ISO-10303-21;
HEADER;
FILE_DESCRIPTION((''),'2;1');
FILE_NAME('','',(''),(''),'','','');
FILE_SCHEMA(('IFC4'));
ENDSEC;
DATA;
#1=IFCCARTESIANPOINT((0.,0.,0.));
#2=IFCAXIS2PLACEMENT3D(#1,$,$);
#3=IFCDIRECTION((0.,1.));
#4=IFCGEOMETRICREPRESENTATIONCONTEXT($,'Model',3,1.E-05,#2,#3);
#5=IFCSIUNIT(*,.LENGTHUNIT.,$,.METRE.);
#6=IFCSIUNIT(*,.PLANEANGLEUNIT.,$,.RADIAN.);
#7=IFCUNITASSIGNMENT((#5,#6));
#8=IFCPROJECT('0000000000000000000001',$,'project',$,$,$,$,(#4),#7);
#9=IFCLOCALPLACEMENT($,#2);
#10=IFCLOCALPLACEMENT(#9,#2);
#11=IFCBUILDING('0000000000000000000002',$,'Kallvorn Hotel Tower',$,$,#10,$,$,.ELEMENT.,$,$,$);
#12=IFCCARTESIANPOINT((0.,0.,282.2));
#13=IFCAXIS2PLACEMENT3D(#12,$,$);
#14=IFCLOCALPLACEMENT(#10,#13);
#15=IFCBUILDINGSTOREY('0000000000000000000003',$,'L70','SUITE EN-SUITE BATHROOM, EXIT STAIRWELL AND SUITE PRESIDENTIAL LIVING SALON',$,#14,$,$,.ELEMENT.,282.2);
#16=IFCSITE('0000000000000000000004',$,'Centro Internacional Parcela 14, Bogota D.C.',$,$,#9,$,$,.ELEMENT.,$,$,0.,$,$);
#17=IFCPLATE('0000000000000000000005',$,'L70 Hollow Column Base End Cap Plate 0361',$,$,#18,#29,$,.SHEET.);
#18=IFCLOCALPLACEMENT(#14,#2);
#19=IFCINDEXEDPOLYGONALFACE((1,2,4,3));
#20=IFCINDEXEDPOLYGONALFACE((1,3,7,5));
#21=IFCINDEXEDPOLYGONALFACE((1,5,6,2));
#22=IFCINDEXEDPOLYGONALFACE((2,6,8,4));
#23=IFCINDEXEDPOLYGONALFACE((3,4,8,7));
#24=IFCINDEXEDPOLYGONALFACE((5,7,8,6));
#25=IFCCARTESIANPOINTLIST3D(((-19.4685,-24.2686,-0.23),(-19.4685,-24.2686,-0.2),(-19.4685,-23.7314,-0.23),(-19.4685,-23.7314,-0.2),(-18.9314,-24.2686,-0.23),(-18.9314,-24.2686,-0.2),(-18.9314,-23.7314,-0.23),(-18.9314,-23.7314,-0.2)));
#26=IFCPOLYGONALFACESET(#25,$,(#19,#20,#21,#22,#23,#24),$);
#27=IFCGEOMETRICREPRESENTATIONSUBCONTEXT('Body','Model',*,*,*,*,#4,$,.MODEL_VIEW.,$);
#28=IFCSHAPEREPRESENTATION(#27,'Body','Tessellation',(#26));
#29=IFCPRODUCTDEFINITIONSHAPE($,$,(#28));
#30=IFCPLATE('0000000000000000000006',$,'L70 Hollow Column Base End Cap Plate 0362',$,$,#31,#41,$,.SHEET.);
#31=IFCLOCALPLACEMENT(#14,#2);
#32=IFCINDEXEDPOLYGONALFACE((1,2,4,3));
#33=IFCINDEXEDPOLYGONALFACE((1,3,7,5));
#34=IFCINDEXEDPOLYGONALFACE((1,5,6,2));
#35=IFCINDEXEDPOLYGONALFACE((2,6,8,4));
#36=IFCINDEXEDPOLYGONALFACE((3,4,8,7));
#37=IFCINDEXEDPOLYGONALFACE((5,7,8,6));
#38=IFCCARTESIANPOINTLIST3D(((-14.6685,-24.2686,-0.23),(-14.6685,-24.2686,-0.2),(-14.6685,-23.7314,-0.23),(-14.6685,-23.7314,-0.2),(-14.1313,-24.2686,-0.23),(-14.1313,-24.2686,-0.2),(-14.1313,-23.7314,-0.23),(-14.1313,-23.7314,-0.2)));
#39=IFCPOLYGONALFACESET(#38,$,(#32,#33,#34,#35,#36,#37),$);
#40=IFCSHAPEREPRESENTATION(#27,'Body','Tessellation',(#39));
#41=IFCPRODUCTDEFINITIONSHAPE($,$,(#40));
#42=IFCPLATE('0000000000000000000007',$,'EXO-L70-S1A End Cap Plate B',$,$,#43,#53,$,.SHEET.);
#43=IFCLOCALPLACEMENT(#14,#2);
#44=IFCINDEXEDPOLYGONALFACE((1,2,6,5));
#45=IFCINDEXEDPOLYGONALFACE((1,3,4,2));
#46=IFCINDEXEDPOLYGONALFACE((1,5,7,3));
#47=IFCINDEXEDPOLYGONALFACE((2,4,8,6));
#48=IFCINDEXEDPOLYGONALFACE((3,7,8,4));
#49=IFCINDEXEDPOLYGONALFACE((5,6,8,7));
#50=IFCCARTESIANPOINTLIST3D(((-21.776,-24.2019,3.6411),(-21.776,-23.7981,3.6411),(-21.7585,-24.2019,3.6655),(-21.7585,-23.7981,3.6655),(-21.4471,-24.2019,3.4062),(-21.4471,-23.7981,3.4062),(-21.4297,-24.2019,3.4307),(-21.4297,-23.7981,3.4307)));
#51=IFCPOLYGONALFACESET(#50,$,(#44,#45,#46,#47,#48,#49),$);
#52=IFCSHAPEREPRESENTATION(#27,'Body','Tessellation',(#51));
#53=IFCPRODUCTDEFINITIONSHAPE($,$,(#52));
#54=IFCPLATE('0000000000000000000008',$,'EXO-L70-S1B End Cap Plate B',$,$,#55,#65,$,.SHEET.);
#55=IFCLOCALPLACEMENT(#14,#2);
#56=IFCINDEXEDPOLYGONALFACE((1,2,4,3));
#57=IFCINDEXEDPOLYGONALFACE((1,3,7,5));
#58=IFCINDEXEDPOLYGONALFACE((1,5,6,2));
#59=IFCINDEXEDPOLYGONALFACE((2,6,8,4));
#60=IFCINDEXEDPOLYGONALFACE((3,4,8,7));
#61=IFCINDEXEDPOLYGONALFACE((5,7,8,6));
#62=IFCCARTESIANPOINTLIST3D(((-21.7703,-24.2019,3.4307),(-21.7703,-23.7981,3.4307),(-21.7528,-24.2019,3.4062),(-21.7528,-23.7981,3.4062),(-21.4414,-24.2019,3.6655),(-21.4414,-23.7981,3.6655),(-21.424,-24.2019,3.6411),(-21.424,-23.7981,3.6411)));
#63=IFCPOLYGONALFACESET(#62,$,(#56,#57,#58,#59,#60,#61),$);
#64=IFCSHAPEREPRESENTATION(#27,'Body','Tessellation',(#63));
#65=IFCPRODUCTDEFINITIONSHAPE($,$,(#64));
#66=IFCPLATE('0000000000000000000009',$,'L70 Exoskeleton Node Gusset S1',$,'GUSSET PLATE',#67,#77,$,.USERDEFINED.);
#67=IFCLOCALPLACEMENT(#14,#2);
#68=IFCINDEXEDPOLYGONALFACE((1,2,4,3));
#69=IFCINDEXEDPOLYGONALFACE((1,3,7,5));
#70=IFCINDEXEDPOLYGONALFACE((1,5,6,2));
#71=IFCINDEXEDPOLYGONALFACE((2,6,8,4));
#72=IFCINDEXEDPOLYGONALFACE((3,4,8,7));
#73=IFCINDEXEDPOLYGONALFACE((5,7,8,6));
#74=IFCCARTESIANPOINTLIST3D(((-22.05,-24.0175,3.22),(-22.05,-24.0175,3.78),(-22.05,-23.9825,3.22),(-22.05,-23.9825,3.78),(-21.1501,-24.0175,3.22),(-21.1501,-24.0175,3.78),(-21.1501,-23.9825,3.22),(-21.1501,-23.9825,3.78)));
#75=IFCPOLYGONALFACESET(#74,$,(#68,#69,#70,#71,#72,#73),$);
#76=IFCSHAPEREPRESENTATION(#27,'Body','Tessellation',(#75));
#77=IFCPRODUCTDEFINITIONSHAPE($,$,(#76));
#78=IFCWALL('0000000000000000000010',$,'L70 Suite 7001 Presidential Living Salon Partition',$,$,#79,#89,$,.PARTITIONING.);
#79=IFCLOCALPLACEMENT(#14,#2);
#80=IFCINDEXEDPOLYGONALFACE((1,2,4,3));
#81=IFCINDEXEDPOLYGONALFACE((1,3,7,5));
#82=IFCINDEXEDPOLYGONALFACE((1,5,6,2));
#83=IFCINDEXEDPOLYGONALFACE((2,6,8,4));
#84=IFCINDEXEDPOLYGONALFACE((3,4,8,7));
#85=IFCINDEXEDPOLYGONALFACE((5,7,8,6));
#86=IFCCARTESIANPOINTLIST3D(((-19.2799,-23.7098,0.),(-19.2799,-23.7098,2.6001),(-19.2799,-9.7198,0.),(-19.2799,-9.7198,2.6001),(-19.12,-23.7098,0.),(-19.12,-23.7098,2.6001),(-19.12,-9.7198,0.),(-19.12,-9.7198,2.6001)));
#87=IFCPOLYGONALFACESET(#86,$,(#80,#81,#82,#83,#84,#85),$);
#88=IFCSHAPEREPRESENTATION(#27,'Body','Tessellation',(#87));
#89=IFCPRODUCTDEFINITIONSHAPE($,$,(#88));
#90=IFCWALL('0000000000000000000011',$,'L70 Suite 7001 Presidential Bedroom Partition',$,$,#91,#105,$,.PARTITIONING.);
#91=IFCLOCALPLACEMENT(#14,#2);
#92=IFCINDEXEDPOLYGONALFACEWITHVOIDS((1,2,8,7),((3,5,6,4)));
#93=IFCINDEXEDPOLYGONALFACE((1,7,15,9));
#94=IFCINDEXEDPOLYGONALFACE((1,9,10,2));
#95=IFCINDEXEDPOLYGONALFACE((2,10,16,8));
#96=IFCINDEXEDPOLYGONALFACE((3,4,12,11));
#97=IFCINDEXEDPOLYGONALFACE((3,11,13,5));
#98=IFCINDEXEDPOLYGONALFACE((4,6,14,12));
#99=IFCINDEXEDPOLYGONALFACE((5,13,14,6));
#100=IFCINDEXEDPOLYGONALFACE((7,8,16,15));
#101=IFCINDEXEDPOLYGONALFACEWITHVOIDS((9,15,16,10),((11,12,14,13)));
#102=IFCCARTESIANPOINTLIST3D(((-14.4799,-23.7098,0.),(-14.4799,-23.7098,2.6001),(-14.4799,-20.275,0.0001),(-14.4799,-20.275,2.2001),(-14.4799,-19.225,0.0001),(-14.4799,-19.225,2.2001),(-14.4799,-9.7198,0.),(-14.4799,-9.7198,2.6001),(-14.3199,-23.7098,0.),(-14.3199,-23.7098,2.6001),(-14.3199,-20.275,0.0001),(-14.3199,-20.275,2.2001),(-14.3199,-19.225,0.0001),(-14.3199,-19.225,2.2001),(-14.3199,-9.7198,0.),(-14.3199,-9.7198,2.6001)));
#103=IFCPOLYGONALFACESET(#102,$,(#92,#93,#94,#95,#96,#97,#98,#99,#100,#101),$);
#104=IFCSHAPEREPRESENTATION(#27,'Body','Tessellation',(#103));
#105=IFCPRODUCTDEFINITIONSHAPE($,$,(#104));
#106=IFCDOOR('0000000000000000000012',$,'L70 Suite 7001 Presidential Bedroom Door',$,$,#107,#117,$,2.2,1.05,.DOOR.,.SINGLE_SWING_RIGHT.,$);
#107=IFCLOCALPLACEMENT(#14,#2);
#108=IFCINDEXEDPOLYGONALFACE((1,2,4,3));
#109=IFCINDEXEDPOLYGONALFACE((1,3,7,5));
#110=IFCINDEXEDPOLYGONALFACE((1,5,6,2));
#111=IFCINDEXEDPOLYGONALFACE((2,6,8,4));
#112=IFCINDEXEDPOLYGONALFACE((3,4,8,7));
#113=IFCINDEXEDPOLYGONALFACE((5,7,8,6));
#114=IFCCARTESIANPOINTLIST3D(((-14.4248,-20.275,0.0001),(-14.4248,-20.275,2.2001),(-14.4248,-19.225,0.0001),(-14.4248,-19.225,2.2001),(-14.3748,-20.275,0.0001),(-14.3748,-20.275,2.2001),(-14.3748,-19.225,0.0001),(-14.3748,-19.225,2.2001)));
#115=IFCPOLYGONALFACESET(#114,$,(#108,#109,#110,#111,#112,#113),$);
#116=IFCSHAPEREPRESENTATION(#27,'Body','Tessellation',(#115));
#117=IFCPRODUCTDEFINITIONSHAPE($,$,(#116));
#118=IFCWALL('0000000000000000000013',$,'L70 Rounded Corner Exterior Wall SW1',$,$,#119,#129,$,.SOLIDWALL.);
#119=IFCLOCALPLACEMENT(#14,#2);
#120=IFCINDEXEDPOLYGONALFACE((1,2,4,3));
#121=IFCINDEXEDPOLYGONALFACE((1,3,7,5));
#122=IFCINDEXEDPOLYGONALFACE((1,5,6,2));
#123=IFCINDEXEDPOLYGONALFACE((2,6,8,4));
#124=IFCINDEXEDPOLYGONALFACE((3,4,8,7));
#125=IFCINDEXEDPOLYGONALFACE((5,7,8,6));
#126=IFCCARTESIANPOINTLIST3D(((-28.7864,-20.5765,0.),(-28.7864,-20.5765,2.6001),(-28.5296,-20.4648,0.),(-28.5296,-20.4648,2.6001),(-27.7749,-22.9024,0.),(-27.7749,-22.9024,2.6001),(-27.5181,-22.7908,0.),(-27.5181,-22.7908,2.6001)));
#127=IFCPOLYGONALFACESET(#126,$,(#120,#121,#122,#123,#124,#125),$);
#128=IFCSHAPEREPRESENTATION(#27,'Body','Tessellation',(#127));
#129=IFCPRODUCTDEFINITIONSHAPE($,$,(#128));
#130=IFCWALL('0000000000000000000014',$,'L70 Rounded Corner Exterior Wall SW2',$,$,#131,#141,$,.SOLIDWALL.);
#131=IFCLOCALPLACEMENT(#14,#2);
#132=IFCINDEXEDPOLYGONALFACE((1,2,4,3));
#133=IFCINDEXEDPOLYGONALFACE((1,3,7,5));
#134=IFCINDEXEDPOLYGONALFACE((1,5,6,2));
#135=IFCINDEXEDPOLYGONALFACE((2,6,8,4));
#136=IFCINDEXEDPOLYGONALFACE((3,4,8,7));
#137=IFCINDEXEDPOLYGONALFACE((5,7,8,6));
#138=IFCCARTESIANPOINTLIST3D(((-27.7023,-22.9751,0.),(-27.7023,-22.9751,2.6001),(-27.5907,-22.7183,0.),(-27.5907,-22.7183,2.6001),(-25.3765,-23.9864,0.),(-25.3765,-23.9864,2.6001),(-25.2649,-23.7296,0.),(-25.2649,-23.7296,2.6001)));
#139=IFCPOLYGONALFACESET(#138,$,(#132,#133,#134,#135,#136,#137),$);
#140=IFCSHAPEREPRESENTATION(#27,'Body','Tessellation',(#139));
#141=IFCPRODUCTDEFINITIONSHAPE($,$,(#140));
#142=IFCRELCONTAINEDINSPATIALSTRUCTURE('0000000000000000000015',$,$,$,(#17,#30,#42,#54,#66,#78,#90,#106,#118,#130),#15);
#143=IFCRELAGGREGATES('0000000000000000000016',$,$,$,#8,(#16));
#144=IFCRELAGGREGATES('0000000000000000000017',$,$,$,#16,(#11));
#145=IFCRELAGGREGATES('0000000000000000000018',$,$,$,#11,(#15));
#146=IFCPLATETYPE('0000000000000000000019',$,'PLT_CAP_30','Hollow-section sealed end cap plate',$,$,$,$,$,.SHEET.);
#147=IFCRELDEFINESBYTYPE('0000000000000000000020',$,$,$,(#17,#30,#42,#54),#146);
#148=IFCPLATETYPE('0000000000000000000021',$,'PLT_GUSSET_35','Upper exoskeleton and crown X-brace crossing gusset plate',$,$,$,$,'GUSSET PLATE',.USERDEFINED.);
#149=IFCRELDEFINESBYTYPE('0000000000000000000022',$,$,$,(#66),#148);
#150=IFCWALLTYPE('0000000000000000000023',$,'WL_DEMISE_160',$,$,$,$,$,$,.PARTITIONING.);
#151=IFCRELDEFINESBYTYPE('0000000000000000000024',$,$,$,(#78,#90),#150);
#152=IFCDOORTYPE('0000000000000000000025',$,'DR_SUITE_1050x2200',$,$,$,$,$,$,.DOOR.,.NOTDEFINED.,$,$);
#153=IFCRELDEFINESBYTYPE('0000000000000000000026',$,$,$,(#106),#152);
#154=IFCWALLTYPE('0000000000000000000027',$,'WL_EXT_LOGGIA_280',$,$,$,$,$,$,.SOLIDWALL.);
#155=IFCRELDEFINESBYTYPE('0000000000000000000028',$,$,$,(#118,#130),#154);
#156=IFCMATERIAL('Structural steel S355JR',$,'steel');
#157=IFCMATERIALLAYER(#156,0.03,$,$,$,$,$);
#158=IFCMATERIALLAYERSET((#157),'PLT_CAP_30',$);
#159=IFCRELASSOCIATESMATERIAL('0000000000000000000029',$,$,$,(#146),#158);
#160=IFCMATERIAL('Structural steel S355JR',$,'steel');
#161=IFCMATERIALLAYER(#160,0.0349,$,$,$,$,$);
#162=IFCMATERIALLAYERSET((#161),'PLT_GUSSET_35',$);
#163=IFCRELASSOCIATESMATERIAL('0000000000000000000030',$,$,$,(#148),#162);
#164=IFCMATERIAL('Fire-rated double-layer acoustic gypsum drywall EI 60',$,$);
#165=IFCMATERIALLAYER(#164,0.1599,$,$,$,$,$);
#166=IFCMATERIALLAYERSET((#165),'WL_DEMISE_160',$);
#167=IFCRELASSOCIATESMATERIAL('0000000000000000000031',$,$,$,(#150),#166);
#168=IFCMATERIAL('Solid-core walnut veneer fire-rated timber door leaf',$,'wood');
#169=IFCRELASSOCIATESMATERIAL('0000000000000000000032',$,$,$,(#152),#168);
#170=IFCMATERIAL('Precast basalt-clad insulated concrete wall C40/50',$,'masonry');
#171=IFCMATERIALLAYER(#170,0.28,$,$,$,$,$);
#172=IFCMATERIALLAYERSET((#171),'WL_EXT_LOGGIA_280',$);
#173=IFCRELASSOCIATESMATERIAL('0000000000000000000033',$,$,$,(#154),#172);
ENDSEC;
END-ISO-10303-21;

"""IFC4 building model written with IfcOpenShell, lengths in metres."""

from ifc_helpers import new_model, si_unit, direction, frame, frame_2d, origin, origin_2d, place, context, subcontext, project, spatial, polyline, rectangle, outline, extrude, material, layer, layer_set, type_object, element, fill, save


model = new_model("IFC4")

# Units and contexts
model_context = context("Model", 3, precision=1e-05, world=origin(), true_north=direction((0.0, 1.0)))
body_context = subcontext(model_context, "Body", "Model", "MODEL_VIEW")
ifc_project = project(units=[si_unit("LENGTHUNIT", "METRE"), si_unit("PLANEANGLEUNIT", "RADIAN")], contexts=[model_context])

# Site, building, storey
site_placement = place(None, origin())
site = spatial("IfcSite", under=ifc_project, at=site_placement, Name="Centro Internacional Parcela 14, Bogota D.C.", CompositionType="ELEMENT", RefElevation=0.0)
building_placement = place(site_placement, origin())
building = spatial("IfcBuilding", under=site, at=building_placement, Name="Kallvorn Hotel Tower", CompositionType="ELEMENT")
storey_placement = place(building_placement, frame((0.0, 0.0, 282.2)))
storey = spatial("IfcBuildingStorey", under=building, at=storey_placement, Name="L70", Description="SUITE EN-SUITE BATHROOM, EXIT STAIRWELL AND SUITE PRESIDENTIAL LIVING SALON", CompositionType="ELEMENT", Elevation=282.2)

# Plates
ifc_material_1 = material(Name="Structural steel S355JR", Category="steel")
ifc_layer_1 = layer(ifc_material_1, 0.03)
ifc_layer_set_1 = layer_set([ifc_layer_1], Name="PLT_CAP_30")
plate_type_1 = type_object("IfcPlateType", Name="PLT_CAP_30", Description="Hollow-section sealed end cap plate", PredefinedType="SHEET", material=ifc_layer_set_1)
for number, where, z_axis, x_axis, name in (
    (1, (-19.2, -24.0, -0.23), (0.0, 0.0, 1.0), (1.0, 0.0, 0.0), "L70 Hollow Column Base End Cap Plate 0361"),
    (2, (-14.3999, -24.0, -0.23), (0.0, 0.0, 1.0), (1.0, 0.0, 0.0), "L70 Hollow Column Base End Cap Plate 0362"),
):
    element("IfcPlate", number, at=place(storey_placement, frame(where, z_axis=z_axis, x_axis=x_axis)), inside=storey, type_object=plate_type_1, Name=name, PredefinedType="SHEET", context=body_context, shape_type="SweptSolid", body=[
        extrude(rectangle(XDim=0.5371, YDim=0.5371, at=origin_2d()), origin(), (0.0, 0.0, 1.0), 0.03),
    ])
for number, where, z_axis, x_axis, name in (
    (3, (-21.4297, -24.2019, 3.4307), (0.581181, 0.0, 0.813774), (0.0, 1.0, 0.0), "EXO-L70-S1A End Cap Plate B"),
    (4, (-21.7703, -23.7981, 3.4307), (-0.581181, 0.0, 0.813774), (0.0, -1.0, 0.0), "EXO-L70-S1B End Cap Plate B"),
):
    element("IfcPlate", number, at=place(storey_placement, frame(where, z_axis=z_axis, x_axis=x_axis)), inside=storey, type_object=plate_type_1, Name=name, PredefinedType="SHEET", context=body_context, shape_type="SweptSolid", body=[
        extrude(outline(polyline([(0.0, 0.0), (0.4038, 0.0), (0.4038, 0.4041), (0.0, 0.4041), (0.0, 0.0)])), origin(), (0.0, 0.0, -1.0), 0.03),
    ])
ifc_material_2 = material(Name="Structural steel S355JR", Category="steel")
ifc_layer_2 = layer(ifc_material_2, 0.0349)
ifc_layer_set_2 = layer_set([ifc_layer_2], Name="PLT_GUSSET_35")
plate_type_2 = type_object("IfcPlateType", Name="PLT_GUSSET_35", Description="Upper exoskeleton and crown X-brace crossing gusset plate", ElementType="GUSSET PLATE", PredefinedType="USERDEFINED", material=ifc_layer_set_2)
plate_placement = place(storey_placement, frame((-21.6001, -24.0, 3.22), z_axis=(0.0, 0.0, 1.0), x_axis=(1.0, 0.0, 0.0)))
element("IfcPlate", 5, at=plate_placement, inside=storey, type_object=plate_type_2, Name="L70 Exoskeleton Node Gusset S1", ObjectType="GUSSET PLATE", PredefinedType="USERDEFINED", context=body_context, shape_type="SweptSolid", body=[
    extrude(rectangle(XDim=0.8999, YDim=0.0349, at=origin_2d()), origin(), (0.0, 0.0, 1.0), 0.5601),
])

# Wall
ifc_material_3 = material(Name="Fire-rated double-layer acoustic gypsum drywall EI 60")
ifc_layer_3 = layer(ifc_material_3, 0.1599)
ifc_layer_set_3 = layer_set([ifc_layer_3], Name="WL_DEMISE_160")
wall_type_1 = type_object("IfcWallType", Name="WL_DEMISE_160", PredefinedType="PARTITIONING", material=ifc_layer_set_3)
wall_1_placement = place(storey_placement, frame((-19.2, -23.71, 0.0), z_axis=(0.0, 0.0, 1.0), x_axis=(0.0, 1.0, 0.0)))
element("IfcWall", 6, at=wall_1_placement, inside=storey, type_object=wall_type_1, Name="L70 Suite 7001 Presidential Living Salon Partition", PredefinedType="PARTITIONING", context=body_context, shape_type="SweptSolid", body=[
    extrude(rectangle(XDim=13.99, YDim=0.1599, at=frame_2d((6.9951, 0.0))), origin(), (0.0, 0.0, 1.0), 2.6001),
])

# Wall, opening, door
wall_2_placement = place(storey_placement, frame((-14.3999, -23.71, 0.0), z_axis=(0.0, 0.0, 1.0), x_axis=(0.0, 1.0, 0.0)))
wall_2 = element("IfcWall", 7, at=wall_2_placement, inside=storey, type_object=wall_type_1, Name="L70 Suite 7001 Presidential Bedroom Partition", PredefinedType="PARTITIONING", context=body_context, shape_type="SweptSolid", body=[
    extrude(rectangle(XDim=13.99, YDim=0.1599, at=frame_2d((6.9951, 0.0))), origin(), (0.0, 0.0, 1.0), 2.6001),
])
opening_1_placement = place(wall_2_placement, frame((3.4351, 0.0, 0.0)))
opening_1 = element("IfcOpeningElement", 8, at=opening_1_placement, cuts=wall_2, PredefinedType="OPENING", context=body_context, shape_type="SweptSolid", body=[
    extrude(rectangle(XDim=1.05, YDim=2.2, at=frame_2d((0.5249, 1.1001))), frame((0.0, 0.095, 0.0), z_axis=(0.0, -1.0, 0.0), x_axis=(1.0, 0.0, 0.0)), (0.0, 0.0, 1.0), 0.1899),
])
ifc_material_4 = material(Name="Solid-core walnut veneer fire-rated timber door leaf", Category="wood")
door_type = type_object("IfcDoorType", Name="DR_SUITE_1050x2200", OperationType="NOTDEFINED", PredefinedType="DOOR", material=ifc_material_4)
door_placement = place(opening_1_placement, origin())
door = element("IfcDoor", 9, at=door_placement, inside=storey, type_object=door_type, Name="L70 Suite 7001 Presidential Bedroom Door", OperationType="SINGLE_SWING_RIGHT", OverallHeight=2.2, OverallWidth=1.05, PredefinedType="DOOR", context=body_context, shape_type="SweptSolid", body=[
    extrude(rectangle(XDim=1.05, YDim=2.2, at=frame_2d((0.5249, 1.1001))), frame((0.0, 0.0249, 0.0), z_axis=(0.0, -1.0, 0.0), x_axis=(1.0, 0.0, 0.0)), (0.0, 0.0, 1.0), 0.05),
])
fill(opening_1, door)

# Walls
ifc_material_5 = material(Name="Precast basalt-clad insulated concrete wall C40/50", Category="masonry")
ifc_layer_4 = layer(ifc_material_5, 0.28)
ifc_layer_set_4 = layer_set([ifc_layer_4], Name="WL_EXT_LOGGIA_280")
wall_type_2 = type_object("IfcWallType", Name="WL_EXT_LOGGIA_280", PredefinedType="SOLIDWALL", material=ifc_layer_set_4)
wall_3_placement = place(storey_placement, frame((-28.658, -20.5208, 0.0), z_axis=(0.0, 0.0, 1.0), x_axis=(0.398793, -0.917041, 0.0)))
element("IfcWall", 10, at=wall_3_placement, inside=storey, type_object=wall_type_2, Name="L70 Rounded Corner Exterior Wall SW1", PredefinedType="SOLIDWALL", context=body_context, shape_type="SweptSolid", body=[
    extrude(rectangle(XDim=2.5364, YDim=0.28, at=frame_2d((1.2681, 0.0))), origin(), (0.0, 0.0, 1.0), 2.6001),
])
wall_4_placement = place(storey_placement, frame((-27.6465, -22.8467, 0.0), z_axis=(0.0, 0.0, 1.0), x_axis=(0.917061, -0.398747, 0.0)))
element("IfcWall", 11, at=wall_4_placement, inside=storey, type_object=wall_type_2, Name="L70 Rounded Corner Exterior Wall SW2", PredefinedType="SOLIDWALL", context=body_context, shape_type="SweptSolid", body=[
    extrude(rectangle(XDim=2.5361, YDim=0.28, at=frame_2d((1.2681, 0.0))), origin(), (0.0, 0.0, 1.0), 2.6001),
])

save(model, "model.ifc")
